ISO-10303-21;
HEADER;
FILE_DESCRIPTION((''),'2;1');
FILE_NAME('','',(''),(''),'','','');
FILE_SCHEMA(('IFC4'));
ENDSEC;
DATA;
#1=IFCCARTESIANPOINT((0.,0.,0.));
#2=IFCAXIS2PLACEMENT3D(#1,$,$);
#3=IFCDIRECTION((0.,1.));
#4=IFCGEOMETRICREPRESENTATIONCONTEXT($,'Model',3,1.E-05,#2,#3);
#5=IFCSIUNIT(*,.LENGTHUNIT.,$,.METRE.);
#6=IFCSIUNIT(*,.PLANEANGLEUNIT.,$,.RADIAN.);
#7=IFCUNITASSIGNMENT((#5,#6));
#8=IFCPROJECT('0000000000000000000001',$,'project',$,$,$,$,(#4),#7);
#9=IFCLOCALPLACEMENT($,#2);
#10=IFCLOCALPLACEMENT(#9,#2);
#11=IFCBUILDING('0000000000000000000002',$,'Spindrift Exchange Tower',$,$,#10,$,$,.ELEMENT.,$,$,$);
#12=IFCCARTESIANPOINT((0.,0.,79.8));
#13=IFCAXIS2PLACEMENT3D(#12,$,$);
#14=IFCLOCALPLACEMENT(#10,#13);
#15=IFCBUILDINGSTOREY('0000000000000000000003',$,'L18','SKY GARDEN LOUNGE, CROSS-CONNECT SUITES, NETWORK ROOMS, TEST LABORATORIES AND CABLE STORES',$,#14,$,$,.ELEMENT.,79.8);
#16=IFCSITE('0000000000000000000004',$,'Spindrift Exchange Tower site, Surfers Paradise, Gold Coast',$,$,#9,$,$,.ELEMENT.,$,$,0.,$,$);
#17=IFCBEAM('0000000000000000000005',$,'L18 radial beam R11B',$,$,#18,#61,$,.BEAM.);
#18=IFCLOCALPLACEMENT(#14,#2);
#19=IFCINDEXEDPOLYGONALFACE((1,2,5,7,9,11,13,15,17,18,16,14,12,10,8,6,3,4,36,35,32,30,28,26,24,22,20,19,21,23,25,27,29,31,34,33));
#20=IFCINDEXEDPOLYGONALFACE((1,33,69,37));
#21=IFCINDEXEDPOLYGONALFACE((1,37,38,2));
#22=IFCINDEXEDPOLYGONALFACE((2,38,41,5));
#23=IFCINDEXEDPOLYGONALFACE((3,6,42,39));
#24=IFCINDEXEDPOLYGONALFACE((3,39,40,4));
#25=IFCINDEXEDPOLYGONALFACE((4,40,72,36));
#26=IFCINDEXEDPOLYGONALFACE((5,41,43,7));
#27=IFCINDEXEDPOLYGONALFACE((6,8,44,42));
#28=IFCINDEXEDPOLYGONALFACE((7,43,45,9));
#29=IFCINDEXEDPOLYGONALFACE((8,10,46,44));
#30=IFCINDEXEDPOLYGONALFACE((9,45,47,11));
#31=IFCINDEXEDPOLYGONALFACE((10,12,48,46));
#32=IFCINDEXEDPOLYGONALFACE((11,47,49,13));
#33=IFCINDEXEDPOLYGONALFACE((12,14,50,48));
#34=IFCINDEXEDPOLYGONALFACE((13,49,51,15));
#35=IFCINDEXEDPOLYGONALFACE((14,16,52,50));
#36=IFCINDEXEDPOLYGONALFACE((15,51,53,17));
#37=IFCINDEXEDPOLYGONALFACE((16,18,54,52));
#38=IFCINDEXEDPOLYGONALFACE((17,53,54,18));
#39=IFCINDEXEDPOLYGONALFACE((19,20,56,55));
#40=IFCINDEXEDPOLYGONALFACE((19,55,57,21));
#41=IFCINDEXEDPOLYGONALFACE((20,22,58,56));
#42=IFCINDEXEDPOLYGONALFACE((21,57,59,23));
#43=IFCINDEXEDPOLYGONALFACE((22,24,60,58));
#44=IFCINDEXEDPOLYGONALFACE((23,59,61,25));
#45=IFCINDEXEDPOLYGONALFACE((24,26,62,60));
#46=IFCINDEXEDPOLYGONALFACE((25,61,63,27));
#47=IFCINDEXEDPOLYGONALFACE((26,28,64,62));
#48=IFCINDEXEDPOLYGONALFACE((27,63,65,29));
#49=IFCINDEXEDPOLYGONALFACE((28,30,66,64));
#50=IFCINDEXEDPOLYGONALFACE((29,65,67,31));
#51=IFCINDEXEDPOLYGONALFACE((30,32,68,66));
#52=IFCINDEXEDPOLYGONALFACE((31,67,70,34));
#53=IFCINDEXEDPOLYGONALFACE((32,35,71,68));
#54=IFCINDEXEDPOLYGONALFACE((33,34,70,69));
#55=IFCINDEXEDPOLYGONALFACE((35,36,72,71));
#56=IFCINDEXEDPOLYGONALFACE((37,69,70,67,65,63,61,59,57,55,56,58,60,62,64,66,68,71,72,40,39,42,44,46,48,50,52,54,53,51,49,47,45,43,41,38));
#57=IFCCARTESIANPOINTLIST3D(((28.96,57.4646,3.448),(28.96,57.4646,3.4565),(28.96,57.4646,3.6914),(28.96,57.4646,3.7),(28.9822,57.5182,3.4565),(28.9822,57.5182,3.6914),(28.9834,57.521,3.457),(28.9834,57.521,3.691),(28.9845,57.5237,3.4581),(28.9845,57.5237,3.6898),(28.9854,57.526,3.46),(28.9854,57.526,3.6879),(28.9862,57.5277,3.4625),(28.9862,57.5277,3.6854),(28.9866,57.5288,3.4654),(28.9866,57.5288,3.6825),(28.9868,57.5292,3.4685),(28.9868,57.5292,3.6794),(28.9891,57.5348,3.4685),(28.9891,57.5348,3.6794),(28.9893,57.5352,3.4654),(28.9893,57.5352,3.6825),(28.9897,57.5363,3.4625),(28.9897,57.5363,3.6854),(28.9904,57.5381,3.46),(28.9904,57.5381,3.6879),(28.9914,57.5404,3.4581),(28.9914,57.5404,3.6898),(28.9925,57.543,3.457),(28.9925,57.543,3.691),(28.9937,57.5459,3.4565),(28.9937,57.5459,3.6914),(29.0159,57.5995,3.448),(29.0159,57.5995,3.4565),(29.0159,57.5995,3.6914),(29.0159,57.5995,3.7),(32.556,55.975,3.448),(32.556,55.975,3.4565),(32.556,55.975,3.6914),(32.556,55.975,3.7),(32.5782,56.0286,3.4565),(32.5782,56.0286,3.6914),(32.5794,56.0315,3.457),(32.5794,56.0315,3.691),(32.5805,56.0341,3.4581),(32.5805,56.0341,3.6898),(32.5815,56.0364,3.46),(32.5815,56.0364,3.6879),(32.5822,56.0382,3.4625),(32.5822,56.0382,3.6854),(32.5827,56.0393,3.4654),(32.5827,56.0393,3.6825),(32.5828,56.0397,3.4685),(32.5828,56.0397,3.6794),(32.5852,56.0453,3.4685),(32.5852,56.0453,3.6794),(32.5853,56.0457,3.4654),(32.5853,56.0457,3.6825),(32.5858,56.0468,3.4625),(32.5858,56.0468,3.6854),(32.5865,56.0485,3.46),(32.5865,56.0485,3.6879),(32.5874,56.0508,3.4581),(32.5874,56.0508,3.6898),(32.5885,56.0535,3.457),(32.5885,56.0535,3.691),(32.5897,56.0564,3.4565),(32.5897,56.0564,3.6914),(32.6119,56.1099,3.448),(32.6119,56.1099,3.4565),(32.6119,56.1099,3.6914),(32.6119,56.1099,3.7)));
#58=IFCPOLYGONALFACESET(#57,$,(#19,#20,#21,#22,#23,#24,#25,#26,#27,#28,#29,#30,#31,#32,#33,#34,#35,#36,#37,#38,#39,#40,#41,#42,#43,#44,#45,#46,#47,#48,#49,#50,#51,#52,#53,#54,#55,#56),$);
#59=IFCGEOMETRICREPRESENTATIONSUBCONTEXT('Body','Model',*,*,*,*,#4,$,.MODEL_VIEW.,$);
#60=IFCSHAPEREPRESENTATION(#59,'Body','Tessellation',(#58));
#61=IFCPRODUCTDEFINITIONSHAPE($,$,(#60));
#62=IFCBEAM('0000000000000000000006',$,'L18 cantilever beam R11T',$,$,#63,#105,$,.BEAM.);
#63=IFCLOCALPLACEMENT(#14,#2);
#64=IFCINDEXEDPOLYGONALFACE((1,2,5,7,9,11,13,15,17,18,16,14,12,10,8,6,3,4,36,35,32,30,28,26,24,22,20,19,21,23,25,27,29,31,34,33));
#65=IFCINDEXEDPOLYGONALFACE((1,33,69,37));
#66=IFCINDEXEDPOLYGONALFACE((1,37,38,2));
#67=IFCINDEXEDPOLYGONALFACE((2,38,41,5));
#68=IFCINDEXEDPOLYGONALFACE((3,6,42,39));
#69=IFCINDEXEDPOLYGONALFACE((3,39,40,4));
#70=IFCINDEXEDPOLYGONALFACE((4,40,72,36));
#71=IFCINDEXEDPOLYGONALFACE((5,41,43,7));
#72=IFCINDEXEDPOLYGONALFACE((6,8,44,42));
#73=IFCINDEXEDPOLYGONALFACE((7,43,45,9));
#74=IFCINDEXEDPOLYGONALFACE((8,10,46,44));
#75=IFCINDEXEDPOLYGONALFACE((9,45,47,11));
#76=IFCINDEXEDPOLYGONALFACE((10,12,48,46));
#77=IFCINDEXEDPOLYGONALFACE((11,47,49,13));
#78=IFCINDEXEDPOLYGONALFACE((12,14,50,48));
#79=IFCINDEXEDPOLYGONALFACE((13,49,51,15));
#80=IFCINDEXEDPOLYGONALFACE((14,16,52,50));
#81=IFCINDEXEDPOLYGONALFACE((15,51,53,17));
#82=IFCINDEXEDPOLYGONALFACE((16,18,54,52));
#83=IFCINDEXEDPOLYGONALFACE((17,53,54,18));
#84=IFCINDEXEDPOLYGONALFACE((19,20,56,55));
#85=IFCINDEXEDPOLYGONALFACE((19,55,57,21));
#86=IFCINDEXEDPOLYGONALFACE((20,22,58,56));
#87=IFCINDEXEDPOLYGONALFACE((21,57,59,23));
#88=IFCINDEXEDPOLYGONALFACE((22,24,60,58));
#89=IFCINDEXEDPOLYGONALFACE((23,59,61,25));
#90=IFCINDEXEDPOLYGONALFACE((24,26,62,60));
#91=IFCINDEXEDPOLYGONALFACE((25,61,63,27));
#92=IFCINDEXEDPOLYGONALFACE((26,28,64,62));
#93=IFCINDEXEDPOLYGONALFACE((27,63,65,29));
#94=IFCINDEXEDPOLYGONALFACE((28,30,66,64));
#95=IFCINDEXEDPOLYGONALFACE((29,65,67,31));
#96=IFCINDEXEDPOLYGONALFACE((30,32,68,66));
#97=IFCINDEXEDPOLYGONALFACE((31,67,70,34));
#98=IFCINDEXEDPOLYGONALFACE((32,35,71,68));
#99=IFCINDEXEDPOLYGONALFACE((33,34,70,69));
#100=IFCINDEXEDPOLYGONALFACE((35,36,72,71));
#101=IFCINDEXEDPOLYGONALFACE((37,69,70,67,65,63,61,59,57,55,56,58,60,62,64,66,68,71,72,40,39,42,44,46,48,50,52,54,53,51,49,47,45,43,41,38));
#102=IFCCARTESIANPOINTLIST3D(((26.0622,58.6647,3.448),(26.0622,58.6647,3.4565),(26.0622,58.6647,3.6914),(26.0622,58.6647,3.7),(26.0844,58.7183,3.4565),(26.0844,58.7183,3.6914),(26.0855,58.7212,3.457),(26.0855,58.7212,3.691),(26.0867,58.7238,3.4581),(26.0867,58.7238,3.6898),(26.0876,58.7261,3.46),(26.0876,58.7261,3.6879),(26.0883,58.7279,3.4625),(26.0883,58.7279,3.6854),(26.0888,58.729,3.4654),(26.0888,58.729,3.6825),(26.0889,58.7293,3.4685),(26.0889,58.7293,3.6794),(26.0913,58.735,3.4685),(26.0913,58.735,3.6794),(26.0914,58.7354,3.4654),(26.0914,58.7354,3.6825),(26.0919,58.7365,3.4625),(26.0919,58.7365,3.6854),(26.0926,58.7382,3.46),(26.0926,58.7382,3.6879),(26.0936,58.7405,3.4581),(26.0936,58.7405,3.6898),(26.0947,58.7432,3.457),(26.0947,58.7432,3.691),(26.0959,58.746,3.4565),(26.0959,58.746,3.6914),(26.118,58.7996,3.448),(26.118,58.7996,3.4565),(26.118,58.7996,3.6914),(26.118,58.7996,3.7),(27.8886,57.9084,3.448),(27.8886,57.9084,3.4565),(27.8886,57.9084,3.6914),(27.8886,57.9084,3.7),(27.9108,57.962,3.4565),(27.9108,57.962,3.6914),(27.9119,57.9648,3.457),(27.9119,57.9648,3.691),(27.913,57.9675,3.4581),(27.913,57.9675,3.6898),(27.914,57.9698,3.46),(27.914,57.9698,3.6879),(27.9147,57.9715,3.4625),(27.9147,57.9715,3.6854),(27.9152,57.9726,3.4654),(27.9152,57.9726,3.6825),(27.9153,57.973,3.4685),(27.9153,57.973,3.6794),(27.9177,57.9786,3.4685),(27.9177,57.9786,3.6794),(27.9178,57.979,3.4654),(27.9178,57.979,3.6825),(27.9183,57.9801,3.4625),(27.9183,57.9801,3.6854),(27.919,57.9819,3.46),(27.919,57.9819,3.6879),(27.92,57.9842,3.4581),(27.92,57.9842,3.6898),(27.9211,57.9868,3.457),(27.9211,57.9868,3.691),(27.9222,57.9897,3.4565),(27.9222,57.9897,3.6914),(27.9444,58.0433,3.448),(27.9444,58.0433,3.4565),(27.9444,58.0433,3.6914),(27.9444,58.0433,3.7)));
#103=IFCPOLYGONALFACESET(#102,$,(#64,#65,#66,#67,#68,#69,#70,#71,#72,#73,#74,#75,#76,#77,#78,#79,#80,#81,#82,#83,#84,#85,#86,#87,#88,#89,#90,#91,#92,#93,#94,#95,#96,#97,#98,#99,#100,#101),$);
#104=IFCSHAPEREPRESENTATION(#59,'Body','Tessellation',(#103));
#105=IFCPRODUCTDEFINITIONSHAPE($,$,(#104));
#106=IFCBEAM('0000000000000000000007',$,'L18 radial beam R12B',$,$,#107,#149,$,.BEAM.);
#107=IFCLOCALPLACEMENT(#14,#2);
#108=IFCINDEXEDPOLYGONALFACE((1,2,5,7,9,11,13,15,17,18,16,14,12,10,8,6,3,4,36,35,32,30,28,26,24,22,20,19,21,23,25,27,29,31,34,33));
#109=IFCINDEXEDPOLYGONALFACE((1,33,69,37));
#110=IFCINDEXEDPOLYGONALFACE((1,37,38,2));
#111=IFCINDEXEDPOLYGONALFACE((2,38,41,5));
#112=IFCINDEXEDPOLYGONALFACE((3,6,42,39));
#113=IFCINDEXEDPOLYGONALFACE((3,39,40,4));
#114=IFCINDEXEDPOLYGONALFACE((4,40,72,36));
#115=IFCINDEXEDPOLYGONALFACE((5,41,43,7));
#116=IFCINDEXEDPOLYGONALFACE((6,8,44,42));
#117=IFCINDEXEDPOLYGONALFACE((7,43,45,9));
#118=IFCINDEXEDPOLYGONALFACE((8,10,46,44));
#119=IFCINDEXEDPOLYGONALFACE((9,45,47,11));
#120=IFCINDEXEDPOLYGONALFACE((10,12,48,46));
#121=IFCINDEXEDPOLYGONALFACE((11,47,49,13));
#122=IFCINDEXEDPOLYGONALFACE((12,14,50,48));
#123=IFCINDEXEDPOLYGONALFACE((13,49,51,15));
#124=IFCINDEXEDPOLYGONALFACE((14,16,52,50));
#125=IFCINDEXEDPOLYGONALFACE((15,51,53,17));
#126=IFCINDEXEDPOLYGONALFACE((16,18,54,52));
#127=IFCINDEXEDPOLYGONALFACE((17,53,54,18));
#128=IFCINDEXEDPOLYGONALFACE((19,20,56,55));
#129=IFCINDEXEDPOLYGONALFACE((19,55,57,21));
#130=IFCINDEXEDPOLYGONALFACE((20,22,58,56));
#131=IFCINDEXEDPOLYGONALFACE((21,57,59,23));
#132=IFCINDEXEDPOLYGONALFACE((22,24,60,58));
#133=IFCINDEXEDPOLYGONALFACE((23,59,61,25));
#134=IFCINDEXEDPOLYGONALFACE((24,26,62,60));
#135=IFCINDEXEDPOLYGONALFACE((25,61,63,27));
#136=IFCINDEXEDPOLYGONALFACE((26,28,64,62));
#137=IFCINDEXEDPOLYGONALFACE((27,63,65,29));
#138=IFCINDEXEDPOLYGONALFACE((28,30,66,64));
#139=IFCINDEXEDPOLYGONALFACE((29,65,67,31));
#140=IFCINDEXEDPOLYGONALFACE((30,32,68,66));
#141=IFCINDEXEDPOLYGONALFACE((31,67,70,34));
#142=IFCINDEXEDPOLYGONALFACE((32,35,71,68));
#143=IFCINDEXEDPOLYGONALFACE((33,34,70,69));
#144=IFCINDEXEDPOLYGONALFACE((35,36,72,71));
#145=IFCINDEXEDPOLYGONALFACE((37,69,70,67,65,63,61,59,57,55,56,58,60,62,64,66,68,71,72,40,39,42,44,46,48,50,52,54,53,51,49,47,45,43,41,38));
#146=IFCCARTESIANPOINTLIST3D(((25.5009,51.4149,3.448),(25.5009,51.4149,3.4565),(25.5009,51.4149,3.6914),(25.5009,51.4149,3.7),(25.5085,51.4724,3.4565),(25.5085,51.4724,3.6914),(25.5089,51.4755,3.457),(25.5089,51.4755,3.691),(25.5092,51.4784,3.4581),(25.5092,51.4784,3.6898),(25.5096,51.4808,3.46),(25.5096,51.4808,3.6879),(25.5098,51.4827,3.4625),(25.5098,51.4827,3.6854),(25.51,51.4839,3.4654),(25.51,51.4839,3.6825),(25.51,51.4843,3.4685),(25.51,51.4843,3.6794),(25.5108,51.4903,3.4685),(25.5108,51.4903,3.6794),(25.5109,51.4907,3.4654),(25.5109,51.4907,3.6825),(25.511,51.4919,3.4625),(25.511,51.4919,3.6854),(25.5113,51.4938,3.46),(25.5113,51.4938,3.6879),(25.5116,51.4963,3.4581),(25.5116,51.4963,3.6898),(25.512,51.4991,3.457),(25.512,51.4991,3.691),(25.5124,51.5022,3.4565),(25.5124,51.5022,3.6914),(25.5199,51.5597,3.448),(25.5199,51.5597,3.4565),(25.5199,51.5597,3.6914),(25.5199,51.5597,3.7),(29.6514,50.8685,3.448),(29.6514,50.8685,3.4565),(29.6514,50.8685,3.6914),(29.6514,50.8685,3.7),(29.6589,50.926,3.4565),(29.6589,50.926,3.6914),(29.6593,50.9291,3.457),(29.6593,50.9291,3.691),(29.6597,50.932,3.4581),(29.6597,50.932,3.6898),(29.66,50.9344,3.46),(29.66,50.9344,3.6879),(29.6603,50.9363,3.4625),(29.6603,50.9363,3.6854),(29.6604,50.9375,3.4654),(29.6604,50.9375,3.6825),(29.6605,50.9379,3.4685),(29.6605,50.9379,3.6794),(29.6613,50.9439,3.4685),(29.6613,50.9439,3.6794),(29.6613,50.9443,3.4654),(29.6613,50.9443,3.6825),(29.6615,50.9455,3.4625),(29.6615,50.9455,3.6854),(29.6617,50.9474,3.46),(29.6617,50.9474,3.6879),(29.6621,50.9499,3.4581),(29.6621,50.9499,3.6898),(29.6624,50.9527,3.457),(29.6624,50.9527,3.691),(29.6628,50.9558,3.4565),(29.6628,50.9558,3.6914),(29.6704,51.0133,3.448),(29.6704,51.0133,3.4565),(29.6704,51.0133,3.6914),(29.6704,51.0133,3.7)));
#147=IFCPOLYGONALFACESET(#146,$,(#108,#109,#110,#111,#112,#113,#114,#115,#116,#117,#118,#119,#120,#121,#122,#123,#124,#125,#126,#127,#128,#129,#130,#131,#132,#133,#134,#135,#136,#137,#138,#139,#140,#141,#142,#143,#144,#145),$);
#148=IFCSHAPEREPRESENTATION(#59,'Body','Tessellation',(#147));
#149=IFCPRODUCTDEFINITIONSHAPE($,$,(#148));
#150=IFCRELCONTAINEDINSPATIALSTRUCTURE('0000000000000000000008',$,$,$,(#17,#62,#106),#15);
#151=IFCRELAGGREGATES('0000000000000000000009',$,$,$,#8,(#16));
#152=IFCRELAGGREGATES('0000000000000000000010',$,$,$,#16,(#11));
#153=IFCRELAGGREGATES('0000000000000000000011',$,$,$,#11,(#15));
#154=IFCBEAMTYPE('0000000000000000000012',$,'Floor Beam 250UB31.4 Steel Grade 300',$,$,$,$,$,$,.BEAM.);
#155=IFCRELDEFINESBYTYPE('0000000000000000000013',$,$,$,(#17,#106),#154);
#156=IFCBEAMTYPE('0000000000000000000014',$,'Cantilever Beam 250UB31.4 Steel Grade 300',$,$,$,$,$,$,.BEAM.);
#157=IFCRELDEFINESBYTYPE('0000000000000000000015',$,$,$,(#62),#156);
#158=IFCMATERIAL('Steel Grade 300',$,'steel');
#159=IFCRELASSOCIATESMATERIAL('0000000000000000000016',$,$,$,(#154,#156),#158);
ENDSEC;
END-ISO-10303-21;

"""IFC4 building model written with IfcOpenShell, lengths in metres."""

from ifc_helpers import new_model, si_unit, direction, frame, origin, origin_2d, place, context, subcontext, project, spatial, i_section, extrude, source, transform, mapped, material, material_profile, profile_set, type_object, element, save


model = new_model("IFC4")

# Units and contexts
model_context = context("Model", 3, precision=1e-05, world=origin(), true_north=direction((0.0, 1.0)))
body_context = subcontext(model_context, "Body", "Model", "MODEL_VIEW")
ifc_project = project(units=[si_unit("LENGTHUNIT", "METRE"), si_unit("PLANEANGLEUNIT", "RADIAN")], contexts=[model_context])

# Site, building, storey
site_placement = place(None, origin())
site = spatial("IfcSite", under=ifc_project, at=site_placement, Name="Spindrift Exchange Tower site, Surfers Paradise, Gold Coast", CompositionType="ELEMENT", RefElevation=0.0)
building_placement = place(site_placement, origin())
building = spatial("IfcBuilding", under=site, at=building_placement, Name="Spindrift Exchange Tower", CompositionType="ELEMENT")
storey_placement = place(building_placement, frame((0.0, 0.0, 79.8)))
storey = spatial("IfcBuildingStorey", under=building, at=storey_placement, Name="L18", Description="SKY GARDEN LOUNGE, CROSS-CONNECT SUITES, NETWORK ROOMS, TEST LABORATORIES AND CABLE STORES", CompositionType="ELEMENT", Elevation=79.8)

# Beams
ifc_material_1 = material(Name="Steel Grade 300", Category="steel")
ifc_material_profile_1 = material_profile(ifc_material_1, i_section(OverallWidth=0.146, OverallDepth=0.252, WebThickness=0.0061, FlangeThickness=0.0085, FilletRadius=0.012, at=origin_2d()), Name="250UB31.4")
ifc_profile_set_1 = profile_set([ifc_material_profile_1], Name="Steel Grade 300")
beam_type_1 = type_object("IfcBeamType", Name="Floor Beam 250UB31.4 Steel Grade 300", PredefinedType="BEAM", material=ifc_profile_set_1)
shared_shape_1 = source(origin(), body_context, "Body", "SweptSolid", [
    extrude(i_section(OverallWidth=0.146, OverallDepth=0.252, WebThickness=0.0061, FlangeThickness=0.0085, FilletRadius=0.012, at=origin_2d()), origin(), (0.0, 0.0, 1.0), 3.8923),
])
beam_1_placement = place(storey_placement, frame((32.584, 56.0425, 3.574), z_axis=(-0.923878, 0.382686, 0.0), x_axis=(-0.382686, -0.923878, 0.0)))
element("IfcBeam", 1, at=beam_1_placement, inside=storey, type_object=beam_type_1, Name="L18 radial beam R11B", PredefinedType="BEAM", context=body_context, shape_type="MappedRepresentation", body=[
    mapped(shared_shape_1, transform((0.0, 0.0, 0.0), scale=1.0)),
])
ifc_material_profile_2 = material_profile(ifc_material_1, i_section(OverallWidth=0.146, OverallDepth=0.252, WebThickness=0.0061, FlangeThickness=0.0085, FilletRadius=0.012, at=origin_2d()), Name="250UB31.4")
ifc_profile_set_2 = profile_set([ifc_material_profile_2], Name="Steel Grade 300")
beam_type_2 = type_object("IfcBeamType", Name="Cantilever Beam 250UB31.4 Steel Grade 300", PredefinedType="BEAM", material=ifc_profile_set_2)
shared_shape_2 = source(origin(), body_context, "Body", "SweptSolid", [
    extrude(i_section(OverallWidth=0.146, OverallDepth=0.252, WebThickness=0.0061, FlangeThickness=0.0085, FilletRadius=0.012, at=origin_2d()), origin(), (0.0, 0.0, 1.0), 1.9768),
])
beam_2_placement = place(storey_placement, frame((27.9165, 57.9758, 3.574), z_axis=(-0.923911, 0.382606, 0.0), x_axis=(-0.382606, -0.923911, 0.0)))
element("IfcBeam", 2, at=beam_2_placement, inside=storey, type_object=beam_type_2, Name="L18 cantilever beam R11T", PredefinedType="BEAM", context=body_context, shape_type="MappedRepresentation", body=[
    mapped(shared_shape_2, transform((0.0, 0.0, 0.0), scale=1.0)),
])
shared_shape_3 = source(origin(), body_context, "Body", "SweptSolid", [
    extrude(i_section(OverallWidth=0.146, OverallDepth=0.252, WebThickness=0.0061, FlangeThickness=0.0085, FilletRadius=0.012, at=origin_2d()), origin(), (0.0, 0.0, 1.0), 4.1863),
])
beam_3_placement = place(storey_placement, frame((29.6609, 50.9409, 3.574), z_axis=(-0.991446, 0.130521, 0.0), x_axis=(-0.130521, -0.991446, 0.0)))
element("IfcBeam", 3, at=beam_3_placement, inside=storey, type_object=beam_type_1, Name="L18 radial beam R12B", PredefinedType="BEAM", context=body_context, shape_type="MappedRepresentation", body=[
    mapped(shared_shape_3, transform((0.0, 0.0, 0.0), scale=1.0)),
])

save(model, "model.ifc")
